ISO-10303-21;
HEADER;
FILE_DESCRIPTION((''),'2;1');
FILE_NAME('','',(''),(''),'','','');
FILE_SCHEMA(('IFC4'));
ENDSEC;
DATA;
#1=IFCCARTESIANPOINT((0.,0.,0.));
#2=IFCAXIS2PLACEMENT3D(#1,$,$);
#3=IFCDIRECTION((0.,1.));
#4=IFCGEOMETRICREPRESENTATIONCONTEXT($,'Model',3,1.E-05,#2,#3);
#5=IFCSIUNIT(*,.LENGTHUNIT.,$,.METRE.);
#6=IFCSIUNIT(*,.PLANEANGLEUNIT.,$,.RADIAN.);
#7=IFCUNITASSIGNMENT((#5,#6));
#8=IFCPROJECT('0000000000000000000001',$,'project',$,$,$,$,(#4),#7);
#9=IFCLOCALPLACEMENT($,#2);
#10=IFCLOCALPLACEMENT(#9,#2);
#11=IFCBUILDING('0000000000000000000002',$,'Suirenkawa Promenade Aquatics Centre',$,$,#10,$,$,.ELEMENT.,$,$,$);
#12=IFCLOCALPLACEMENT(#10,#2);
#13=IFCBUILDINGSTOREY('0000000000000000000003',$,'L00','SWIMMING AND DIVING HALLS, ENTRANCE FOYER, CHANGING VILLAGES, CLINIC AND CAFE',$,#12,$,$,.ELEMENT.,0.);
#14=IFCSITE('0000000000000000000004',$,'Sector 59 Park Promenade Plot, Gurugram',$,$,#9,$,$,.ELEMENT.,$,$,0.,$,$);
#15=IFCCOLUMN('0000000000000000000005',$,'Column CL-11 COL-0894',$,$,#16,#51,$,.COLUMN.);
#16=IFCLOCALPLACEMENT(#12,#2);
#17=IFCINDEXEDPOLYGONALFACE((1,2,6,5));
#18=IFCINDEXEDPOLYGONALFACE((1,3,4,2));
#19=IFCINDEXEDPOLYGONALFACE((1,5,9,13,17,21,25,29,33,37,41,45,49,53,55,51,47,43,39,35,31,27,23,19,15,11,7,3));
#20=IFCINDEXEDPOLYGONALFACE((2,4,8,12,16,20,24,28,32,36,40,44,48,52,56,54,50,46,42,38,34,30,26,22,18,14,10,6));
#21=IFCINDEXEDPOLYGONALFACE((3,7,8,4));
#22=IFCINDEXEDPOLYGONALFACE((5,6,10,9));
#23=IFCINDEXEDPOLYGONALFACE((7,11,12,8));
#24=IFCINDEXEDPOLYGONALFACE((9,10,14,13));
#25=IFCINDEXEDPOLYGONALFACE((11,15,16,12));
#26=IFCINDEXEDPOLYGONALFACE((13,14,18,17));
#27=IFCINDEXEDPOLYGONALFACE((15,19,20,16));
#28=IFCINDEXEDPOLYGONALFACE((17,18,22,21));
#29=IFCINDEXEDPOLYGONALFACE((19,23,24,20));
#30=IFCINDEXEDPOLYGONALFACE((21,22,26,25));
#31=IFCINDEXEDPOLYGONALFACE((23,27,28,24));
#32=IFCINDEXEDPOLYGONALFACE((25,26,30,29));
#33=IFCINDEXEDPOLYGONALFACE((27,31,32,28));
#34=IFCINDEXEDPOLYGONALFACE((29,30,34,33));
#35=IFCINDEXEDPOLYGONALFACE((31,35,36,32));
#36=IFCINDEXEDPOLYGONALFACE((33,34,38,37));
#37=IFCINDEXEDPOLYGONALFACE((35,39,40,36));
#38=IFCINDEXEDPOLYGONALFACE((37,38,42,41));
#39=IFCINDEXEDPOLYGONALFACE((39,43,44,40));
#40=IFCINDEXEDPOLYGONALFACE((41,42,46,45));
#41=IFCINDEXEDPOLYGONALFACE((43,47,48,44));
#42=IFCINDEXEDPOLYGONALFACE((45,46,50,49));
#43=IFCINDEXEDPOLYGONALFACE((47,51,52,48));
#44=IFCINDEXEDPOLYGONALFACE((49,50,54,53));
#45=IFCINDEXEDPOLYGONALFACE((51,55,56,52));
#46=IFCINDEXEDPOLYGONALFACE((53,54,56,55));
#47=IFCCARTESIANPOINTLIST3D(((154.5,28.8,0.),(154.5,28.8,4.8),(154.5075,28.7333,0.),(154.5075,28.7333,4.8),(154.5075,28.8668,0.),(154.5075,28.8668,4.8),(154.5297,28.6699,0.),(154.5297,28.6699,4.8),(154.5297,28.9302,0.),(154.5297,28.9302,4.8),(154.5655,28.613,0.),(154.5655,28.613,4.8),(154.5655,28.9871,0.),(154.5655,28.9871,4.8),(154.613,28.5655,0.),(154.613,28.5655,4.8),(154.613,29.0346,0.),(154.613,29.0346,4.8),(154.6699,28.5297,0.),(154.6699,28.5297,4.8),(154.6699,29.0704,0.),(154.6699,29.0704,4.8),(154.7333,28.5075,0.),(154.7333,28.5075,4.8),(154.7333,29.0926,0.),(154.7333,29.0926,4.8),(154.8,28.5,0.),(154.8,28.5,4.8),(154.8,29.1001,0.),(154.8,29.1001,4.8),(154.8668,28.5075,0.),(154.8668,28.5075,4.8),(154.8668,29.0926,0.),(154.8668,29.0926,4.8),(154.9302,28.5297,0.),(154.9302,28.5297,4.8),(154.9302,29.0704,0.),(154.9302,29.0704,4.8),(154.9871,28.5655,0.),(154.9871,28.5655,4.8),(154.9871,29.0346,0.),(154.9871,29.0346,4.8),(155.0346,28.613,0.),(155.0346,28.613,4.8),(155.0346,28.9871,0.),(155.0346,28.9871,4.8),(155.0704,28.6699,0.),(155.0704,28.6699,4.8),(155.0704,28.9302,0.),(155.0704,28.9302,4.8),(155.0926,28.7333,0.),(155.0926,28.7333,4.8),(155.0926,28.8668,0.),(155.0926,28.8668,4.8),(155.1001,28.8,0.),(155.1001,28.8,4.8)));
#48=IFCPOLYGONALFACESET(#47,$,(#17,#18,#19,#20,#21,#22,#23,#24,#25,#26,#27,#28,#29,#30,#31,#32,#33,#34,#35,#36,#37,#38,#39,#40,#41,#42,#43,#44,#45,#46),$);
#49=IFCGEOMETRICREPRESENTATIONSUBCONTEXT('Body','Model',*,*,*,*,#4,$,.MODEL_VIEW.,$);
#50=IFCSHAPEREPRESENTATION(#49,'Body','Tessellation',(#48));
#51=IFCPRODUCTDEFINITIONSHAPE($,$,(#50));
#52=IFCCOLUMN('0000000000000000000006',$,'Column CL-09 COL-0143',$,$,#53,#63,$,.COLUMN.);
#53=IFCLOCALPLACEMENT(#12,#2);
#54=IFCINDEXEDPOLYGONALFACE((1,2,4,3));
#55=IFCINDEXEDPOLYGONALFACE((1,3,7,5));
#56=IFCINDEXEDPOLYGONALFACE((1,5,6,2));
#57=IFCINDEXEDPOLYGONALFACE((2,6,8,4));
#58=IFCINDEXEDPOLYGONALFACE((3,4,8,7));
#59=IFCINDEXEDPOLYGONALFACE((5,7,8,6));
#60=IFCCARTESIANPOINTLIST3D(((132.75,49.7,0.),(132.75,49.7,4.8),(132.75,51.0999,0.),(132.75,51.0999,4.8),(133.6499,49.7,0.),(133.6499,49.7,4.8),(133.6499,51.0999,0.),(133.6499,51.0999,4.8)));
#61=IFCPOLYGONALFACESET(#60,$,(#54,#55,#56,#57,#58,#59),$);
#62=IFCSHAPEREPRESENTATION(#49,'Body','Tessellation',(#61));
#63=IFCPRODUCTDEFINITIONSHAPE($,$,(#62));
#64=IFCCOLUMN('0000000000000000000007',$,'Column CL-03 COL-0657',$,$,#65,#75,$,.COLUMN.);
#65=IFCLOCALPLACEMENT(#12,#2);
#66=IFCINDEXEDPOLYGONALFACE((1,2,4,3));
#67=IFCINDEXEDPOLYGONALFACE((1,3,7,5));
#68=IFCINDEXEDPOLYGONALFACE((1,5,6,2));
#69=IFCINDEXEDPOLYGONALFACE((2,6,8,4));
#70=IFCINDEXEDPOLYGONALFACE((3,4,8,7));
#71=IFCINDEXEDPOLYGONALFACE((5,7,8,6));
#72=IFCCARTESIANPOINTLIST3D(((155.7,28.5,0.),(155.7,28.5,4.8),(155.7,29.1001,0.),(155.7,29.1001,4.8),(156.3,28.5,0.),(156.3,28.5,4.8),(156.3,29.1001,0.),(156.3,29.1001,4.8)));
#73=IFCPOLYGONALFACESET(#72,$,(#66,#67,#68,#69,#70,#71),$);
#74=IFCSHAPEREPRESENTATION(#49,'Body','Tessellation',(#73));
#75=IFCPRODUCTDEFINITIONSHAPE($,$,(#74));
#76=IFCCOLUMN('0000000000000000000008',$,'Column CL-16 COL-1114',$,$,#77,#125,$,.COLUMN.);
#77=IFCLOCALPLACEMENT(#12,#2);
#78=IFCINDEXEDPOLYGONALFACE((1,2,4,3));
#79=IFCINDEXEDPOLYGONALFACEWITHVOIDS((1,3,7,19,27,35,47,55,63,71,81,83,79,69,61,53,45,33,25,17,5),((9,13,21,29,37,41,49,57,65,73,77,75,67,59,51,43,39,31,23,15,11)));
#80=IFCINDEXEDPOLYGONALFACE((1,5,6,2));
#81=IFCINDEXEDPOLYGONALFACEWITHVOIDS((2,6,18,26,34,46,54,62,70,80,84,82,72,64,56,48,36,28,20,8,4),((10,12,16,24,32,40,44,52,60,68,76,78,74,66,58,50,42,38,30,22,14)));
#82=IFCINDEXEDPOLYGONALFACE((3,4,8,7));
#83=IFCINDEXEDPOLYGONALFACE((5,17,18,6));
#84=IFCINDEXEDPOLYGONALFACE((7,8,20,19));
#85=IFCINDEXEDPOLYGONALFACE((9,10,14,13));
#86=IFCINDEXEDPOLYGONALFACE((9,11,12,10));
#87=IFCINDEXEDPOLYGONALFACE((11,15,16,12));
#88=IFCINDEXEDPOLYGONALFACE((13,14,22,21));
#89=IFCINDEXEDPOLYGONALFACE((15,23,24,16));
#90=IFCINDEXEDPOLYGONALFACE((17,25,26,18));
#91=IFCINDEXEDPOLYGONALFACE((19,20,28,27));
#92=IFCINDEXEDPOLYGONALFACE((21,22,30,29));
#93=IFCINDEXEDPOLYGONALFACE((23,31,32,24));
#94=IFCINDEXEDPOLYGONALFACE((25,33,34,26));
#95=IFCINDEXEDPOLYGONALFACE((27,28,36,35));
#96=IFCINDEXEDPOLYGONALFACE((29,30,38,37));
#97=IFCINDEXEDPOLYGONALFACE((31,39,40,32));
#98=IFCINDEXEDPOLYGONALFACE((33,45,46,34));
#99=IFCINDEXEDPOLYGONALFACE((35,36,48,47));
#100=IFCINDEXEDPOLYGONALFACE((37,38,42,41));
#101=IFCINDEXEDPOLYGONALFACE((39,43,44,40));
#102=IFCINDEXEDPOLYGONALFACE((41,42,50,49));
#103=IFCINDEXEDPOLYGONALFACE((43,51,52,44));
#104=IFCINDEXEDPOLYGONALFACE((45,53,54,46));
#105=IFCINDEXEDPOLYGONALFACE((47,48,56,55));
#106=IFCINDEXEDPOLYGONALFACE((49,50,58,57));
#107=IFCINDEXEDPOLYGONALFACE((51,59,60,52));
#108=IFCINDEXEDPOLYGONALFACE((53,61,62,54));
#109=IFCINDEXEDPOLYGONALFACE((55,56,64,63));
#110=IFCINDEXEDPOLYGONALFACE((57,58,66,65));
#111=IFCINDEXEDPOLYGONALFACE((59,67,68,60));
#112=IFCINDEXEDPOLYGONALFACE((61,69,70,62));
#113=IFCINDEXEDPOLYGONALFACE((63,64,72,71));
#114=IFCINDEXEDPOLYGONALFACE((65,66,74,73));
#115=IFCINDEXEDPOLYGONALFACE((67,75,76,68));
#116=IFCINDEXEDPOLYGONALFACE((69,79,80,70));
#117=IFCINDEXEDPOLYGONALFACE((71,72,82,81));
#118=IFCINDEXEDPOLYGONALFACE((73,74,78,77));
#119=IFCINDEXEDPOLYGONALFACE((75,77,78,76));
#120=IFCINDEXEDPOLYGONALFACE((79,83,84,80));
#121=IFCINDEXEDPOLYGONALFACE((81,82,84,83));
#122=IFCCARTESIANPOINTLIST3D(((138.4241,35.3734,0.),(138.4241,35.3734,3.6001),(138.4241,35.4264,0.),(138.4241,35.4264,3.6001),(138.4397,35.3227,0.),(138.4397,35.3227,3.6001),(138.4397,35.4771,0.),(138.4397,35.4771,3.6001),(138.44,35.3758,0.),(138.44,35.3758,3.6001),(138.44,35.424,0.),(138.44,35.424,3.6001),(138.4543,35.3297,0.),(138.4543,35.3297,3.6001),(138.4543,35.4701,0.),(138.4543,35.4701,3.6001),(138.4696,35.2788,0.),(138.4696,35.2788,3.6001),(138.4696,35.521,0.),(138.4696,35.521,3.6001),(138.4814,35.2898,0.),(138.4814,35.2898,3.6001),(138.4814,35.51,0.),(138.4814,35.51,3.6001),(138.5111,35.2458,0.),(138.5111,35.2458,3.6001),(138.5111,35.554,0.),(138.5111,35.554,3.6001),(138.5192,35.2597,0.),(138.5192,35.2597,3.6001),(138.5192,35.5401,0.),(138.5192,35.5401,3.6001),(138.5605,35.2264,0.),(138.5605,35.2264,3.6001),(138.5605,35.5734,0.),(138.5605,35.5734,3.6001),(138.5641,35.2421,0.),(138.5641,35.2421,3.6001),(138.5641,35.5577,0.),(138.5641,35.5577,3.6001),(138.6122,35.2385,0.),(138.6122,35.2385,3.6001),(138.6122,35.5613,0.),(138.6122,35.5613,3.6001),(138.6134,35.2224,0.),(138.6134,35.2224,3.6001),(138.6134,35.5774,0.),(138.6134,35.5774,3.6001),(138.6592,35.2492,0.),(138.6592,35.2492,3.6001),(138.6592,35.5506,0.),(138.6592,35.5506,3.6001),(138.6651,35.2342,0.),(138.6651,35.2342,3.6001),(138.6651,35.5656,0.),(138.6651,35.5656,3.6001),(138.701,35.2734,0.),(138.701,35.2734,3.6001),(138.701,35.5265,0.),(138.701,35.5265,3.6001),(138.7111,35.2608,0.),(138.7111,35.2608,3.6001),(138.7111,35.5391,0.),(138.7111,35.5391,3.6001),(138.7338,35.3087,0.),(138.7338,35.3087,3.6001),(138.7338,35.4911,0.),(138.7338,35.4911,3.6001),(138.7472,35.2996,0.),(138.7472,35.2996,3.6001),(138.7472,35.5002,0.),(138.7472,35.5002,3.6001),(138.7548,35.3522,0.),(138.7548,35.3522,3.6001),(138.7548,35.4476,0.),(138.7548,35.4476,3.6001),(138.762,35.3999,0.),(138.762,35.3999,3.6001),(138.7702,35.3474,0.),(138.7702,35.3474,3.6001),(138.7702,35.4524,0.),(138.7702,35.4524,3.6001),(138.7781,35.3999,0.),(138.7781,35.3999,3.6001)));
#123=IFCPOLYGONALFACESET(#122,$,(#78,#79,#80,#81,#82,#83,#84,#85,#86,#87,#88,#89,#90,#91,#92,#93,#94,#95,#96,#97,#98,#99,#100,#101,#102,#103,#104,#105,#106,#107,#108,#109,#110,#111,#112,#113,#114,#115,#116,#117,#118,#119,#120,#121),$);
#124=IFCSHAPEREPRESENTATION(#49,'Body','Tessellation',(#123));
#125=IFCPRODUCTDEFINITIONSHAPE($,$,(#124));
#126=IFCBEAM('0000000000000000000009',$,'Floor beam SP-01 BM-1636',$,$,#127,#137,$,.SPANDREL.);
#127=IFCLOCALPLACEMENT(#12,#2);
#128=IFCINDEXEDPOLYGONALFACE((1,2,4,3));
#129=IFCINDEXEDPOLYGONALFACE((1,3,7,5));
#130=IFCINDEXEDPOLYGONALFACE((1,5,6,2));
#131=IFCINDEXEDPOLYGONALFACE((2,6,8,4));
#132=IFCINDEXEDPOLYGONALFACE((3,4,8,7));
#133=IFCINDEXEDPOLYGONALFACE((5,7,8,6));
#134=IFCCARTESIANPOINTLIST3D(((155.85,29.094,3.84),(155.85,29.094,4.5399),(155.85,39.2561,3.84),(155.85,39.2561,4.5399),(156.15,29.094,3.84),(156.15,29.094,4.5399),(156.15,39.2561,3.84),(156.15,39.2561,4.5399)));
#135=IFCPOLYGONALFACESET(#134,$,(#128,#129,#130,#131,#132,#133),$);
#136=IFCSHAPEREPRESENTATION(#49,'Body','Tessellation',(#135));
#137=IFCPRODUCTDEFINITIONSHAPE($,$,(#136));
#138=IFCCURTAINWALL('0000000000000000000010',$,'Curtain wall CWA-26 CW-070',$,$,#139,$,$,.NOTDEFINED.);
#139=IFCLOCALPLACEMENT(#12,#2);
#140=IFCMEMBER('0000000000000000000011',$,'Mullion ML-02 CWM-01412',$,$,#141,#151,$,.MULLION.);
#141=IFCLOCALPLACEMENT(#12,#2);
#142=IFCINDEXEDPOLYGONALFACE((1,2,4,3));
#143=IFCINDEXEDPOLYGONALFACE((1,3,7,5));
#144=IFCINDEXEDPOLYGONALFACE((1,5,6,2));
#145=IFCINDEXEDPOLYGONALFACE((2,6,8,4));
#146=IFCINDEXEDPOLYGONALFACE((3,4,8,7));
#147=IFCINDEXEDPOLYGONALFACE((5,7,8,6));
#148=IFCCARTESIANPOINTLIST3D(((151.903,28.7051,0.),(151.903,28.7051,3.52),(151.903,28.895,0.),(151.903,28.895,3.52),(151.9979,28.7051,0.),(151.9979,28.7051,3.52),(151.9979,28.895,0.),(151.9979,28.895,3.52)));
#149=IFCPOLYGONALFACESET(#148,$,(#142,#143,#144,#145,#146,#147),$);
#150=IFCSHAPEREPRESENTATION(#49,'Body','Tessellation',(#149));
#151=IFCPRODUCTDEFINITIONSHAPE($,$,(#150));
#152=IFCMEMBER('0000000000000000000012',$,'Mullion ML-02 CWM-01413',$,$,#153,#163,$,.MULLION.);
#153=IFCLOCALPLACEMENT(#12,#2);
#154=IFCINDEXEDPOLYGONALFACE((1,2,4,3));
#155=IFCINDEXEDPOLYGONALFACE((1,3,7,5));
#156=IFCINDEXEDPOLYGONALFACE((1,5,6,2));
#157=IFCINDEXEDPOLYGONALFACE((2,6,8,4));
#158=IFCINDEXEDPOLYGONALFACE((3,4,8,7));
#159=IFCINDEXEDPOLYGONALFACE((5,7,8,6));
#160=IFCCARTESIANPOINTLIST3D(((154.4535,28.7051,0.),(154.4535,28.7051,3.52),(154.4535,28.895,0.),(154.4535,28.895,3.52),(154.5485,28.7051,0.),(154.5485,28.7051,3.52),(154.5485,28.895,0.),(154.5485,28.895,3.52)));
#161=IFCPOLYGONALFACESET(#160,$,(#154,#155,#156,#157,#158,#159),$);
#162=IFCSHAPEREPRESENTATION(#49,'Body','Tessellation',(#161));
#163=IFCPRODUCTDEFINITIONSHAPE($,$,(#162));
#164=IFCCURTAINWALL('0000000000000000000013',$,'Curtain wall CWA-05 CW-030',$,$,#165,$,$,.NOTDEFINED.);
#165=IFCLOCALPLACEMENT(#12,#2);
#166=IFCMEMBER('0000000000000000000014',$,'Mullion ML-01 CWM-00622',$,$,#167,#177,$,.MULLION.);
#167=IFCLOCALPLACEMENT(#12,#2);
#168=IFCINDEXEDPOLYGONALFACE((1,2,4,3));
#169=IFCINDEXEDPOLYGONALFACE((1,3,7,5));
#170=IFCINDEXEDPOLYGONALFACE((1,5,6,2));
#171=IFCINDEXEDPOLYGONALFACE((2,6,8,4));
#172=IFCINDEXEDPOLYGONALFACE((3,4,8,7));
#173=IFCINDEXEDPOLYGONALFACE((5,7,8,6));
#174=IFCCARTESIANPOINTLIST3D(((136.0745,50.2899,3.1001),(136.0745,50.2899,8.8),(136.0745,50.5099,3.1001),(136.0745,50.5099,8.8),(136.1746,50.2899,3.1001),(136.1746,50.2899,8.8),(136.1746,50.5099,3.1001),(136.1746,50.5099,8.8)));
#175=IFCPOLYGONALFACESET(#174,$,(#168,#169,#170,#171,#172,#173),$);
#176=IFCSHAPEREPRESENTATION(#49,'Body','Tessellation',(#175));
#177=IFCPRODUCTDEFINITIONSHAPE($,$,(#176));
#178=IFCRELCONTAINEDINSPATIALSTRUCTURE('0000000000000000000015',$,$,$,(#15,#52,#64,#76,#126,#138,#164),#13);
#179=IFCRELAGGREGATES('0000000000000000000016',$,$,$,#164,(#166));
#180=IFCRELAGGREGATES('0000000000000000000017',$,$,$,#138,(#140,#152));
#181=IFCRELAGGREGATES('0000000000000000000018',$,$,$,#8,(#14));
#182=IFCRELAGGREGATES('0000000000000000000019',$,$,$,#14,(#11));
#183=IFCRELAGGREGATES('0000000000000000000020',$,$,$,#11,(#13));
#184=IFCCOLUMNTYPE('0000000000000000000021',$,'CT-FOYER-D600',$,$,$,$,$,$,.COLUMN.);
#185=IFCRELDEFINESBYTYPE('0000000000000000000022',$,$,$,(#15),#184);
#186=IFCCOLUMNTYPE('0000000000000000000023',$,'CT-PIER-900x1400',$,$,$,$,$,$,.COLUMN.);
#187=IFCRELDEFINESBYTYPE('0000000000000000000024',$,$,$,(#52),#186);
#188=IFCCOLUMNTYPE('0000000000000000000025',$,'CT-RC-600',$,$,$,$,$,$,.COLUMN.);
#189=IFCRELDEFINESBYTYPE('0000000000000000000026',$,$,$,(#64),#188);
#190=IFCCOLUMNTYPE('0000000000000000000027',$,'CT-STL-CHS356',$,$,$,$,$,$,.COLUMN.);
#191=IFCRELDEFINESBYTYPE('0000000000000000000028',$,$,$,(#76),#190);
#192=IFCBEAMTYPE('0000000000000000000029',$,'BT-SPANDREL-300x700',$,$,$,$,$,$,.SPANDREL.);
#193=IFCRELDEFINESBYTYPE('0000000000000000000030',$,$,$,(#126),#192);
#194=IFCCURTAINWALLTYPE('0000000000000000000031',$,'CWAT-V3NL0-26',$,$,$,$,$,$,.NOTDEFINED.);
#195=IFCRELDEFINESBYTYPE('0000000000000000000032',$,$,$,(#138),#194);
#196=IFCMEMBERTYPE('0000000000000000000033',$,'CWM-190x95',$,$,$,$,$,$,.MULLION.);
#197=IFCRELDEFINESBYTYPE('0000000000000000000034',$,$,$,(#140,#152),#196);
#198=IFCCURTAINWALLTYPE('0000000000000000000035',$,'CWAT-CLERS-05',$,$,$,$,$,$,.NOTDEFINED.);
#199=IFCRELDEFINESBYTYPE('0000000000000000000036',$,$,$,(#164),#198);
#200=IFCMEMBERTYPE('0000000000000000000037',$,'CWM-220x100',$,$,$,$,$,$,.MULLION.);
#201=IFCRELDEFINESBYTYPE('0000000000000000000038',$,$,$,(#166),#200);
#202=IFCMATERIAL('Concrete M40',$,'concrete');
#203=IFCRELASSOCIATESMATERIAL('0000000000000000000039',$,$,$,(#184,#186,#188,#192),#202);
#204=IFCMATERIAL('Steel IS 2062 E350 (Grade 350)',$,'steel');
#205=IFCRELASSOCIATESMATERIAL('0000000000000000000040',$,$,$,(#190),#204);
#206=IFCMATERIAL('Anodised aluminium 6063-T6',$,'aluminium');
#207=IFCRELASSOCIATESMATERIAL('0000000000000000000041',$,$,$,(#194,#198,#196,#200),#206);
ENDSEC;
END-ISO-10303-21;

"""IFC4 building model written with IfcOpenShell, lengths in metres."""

from ifc_helpers import new_model, si_unit, direction, frame, origin, origin_2d, place, context, subcontext, project, spatial, rectangle, circle, hollow_circle, extrude, material, material_profile, profile_set, type_object, element, aggregate, save


model = new_model("IFC4")

# Units and contexts
model_context = context("Model", 3, precision=1e-05, world=origin(), true_north=direction((0.0, 1.0)))
body_context = subcontext(model_context, "Body", "Model", "MODEL_VIEW")
ifc_project = project(units=[si_unit("LENGTHUNIT", "METRE"), si_unit("PLANEANGLEUNIT", "RADIAN")], contexts=[model_context])

# Site, building, storey
site_placement = place(None, origin())
site = spatial("IfcSite", under=ifc_project, at=site_placement, Name="Sector 59 Park Promenade Plot, Gurugram", CompositionType="ELEMENT", RefElevation=0.0)
building_placement = place(site_placement, origin())
building = spatial("IfcBuilding", under=site, at=building_placement, Name="Suirenkawa Promenade Aquatics Centre", CompositionType="ELEMENT")
storey_placement = place(building_placement, origin())
storey = spatial("IfcBuildingStorey", under=building, at=storey_placement, Name="L00", Description="SWIMMING AND DIVING HALLS, ENTRANCE FOYER, CHANGING VILLAGES, CLINIC AND CAFE", CompositionType="ELEMENT", Elevation=0.0)

# Columns
ifc_material_1 = material(Name="Concrete M40", Category="concrete")
ifc_material_profile_1 = material_profile(ifc_material_1, circle(Radius=0.3, at=origin_2d()), Name="RC FOYER D600", Category="concrete")
ifc_profile_set_1 = profile_set([ifc_material_profile_1], Name="Concrete M40")
column_type_1 = type_object("IfcColumnType", Name="CT-FOYER-D600", PredefinedType="COLUMN", material=ifc_profile_set_1)
column_1_placement = place(storey_placement, frame((154.8, 28.8, 0.0), z_axis=(0.0, 0.0, 1.0), x_axis=(1.0, 0.0, 0.0)))
element("IfcColumn", 1, at=column_1_placement, inside=storey, type_object=column_type_1, Name="Column CL-11 COL-0894", PredefinedType="COLUMN", context=body_context, shape_type="SweptSolid", body=[
    extrude(circle(Radius=0.3, at=origin_2d()), origin(), (0.0, 0.0, 1.0), 4.8),
])
ifc_material_profile_2 = material_profile(ifc_material_1, rectangle(XDim=0.8999, YDim=1.3999, at=origin_2d()), Name="RC PIER 900x1400", Category="concrete")
ifc_profile_set_2 = profile_set([ifc_material_profile_2], Name="Concrete M40")
column_type_2 = type_object("IfcColumnType", Name="CT-PIER-900x1400", PredefinedType="COLUMN", material=ifc_profile_set_2)
column_2_placement = place(storey_placement, frame((133.2, 50.3999, 0.0), z_axis=(0.0, 0.0, 1.0), x_axis=(1.0, 0.0, 0.0)))
element("IfcColumn", 2, at=column_2_placement, inside=storey, type_object=column_type_2, Name="Column CL-09 COL-0143", PredefinedType="COLUMN", context=body_context, shape_type="SweptSolid", body=[
    extrude(rectangle(XDim=0.8999, YDim=1.3999, at=origin_2d()), origin(), (0.0, 0.0, 1.0), 4.8),
])
ifc_material_profile_3 = material_profile(ifc_material_1, rectangle(XDim=0.6001, YDim=0.6001, at=origin_2d()), Name="RC COL 600x600", Category="concrete")
ifc_profile_set_3 = profile_set([ifc_material_profile_3], Name="Concrete M40")
column_type_3 = type_object("IfcColumnType", Name="CT-RC-600", PredefinedType="COLUMN", material=ifc_profile_set_3)
column_3_placement = place(storey_placement, frame((156.0, 28.8, 0.0), z_axis=(0.0, 0.0, 1.0), x_axis=(1.0, 0.0, 0.0)))
element("IfcColumn", 3, at=column_3_placement, inside=storey, type_object=column_type_3, Name="Column CL-03 COL-0657", PredefinedType="COLUMN", context=body_context, shape_type="SweptSolid", body=[
    extrude(rectangle(XDim=0.6001, YDim=0.6001, at=origin_2d()), origin(), (0.0, 0.0, 1.0), 4.8),
])
ifc_material_2 = material(Name="Steel IS 2062 E350 (Grade 350)", Category="steel")
ifc_material_profile_4 = material_profile(ifc_material_2, hollow_circle(Radius=0.178, WallThickness=0.0161, at=origin_2d()), Name="CHS 356x16", Category="steel")
ifc_profile_set_4 = profile_set([ifc_material_profile_4], Name="Steel IS 2062 E350 (Grade 350)")
column_type_4 = type_object("IfcColumnType", Name="CT-STL-CHS356", PredefinedType="COLUMN", material=ifc_profile_set_4)
column_4_placement = place(storey_placement, frame((138.6001, 35.3999, 0.0), z_axis=(0.0, 0.0, 1.0), x_axis=(1.0, 0.0, 0.0)))
element("IfcColumn", 4, at=column_4_placement, inside=storey, type_object=column_type_4, Name="Column CL-16 COL-1114", PredefinedType="COLUMN", context=body_context, shape_type="SweptSolid", body=[
    extrude(hollow_circle(Radius=0.178, WallThickness=0.0161, at=origin_2d()), origin(), (0.0, 0.0, 1.0), 3.6001),
])

# Beam
ifc_material_profile_5 = material_profile(ifc_material_1, rectangle(XDim=0.3, YDim=0.7, at=origin_2d()), Name="RC SPANDREL 300x700", Category="concrete")
ifc_profile_set_5 = profile_set([ifc_material_profile_5], Name="Concrete M40")
beam_type = type_object("IfcBeamType", Name="BT-SPANDREL-300x700", PredefinedType="SPANDREL", material=ifc_profile_set_5)
beam_placement = place(storey_placement, frame((156.0, 29.094, 4.1899), z_axis=(0.0, 1.0, 0.0), x_axis=(-1.0, 0.0, 0.0)))
element("IfcBeam", 5, at=beam_placement, inside=storey, type_object=beam_type, Name="Floor beam SP-01 BM-1636", PredefinedType="SPANDREL", context=body_context, shape_type="SweptSolid", body=[
    extrude(rectangle(XDim=0.3, YDim=0.7, at=origin_2d()), origin(), (0.0, 0.0, 1.0), 10.1621),
])

# Curtain walls, members
ifc_material_3 = material(Name="Anodised aluminium 6063-T6", Category="aluminium")
curtain_wall_type_1 = type_object("IfcCurtainWallType", Name="CWAT-V3NL0-26", PredefinedType="NOTDEFINED", material=ifc_material_3)
curtain_wall_1_placement = place(storey_placement, origin())
curtain_wall_1 = element("IfcCurtainWall", 6, at=curtain_wall_1_placement, inside=storey, type_object=curtain_wall_type_1, Name="Curtain wall CWA-26 CW-070", PredefinedType="NOTDEFINED")
ifc_material_profile_6 = material_profile(ifc_material_3, rectangle(XDim=0.095, YDim=0.1899, at=origin_2d()), Name="ALU MULL 95x190", Category="aluminium")
ifc_profile_set_6 = profile_set([ifc_material_profile_6], Name="Anodised aluminium 6063-T6")
member_type_1 = type_object("IfcMemberType", Name="CWM-190x95", PredefinedType="MULLION", material=ifc_profile_set_6)
member_1_placement = place(storey_placement, frame((151.9504, 28.8, 0.0), z_axis=(0.0, 0.0, 1.0), x_axis=(1.0, 0.0, 0.0)))
member_1 = element("IfcMember", 7, at=member_1_placement, type_object=member_type_1, Name="Mullion ML-02 CWM-01412", PredefinedType="MULLION", context=body_context, shape_type="SweptSolid", body=[
    extrude(rectangle(XDim=0.095, YDim=0.1899, at=origin_2d()), origin(), (0.0, 0.0, 1.0), 3.52),
])
member_2_placement = place(storey_placement, frame((154.501, 28.8, 0.0), z_axis=(0.0, 0.0, 1.0), x_axis=(1.0, 0.0, 0.0)))
member_2 = element("IfcMember", 8, at=member_2_placement, type_object=member_type_1, Name="Mullion ML-02 CWM-01413", PredefinedType="MULLION", context=body_context, shape_type="SweptSolid", body=[
    extrude(rectangle(XDim=0.095, YDim=0.1899, at=origin_2d()), origin(), (0.0, 0.0, 1.0), 3.52),
])
curtain_wall_type_2 = type_object("IfcCurtainWallType", Name="CWAT-CLERS-05", PredefinedType="NOTDEFINED", material=ifc_material_3)
curtain_wall_2_placement = place(storey_placement, origin())
curtain_wall_2 = element("IfcCurtainWall", 9, at=curtain_wall_2_placement, inside=storey, type_object=curtain_wall_type_2, Name="Curtain wall CWA-05 CW-030", PredefinedType="NOTDEFINED")
ifc_material_profile_7 = material_profile(ifc_material_3, rectangle(XDim=0.1001, YDim=0.22, at=origin_2d()), Name="ALU MULL 100x220", Category="aluminium")
ifc_profile_set_7 = profile_set([ifc_material_profile_7], Name="Anodised aluminium 6063-T6")
member_type_2 = type_object("IfcMemberType", Name="CWM-220x100", PredefinedType="MULLION", material=ifc_profile_set_7)
member_3_placement = place(storey_placement, frame((136.1245, 50.3999, 3.1001), z_axis=(0.0, 0.0, 1.0), x_axis=(-1.0, 0.0, 0.0)))
member_3 = element("IfcMember", 10, at=member_3_placement, type_object=member_type_2, Name="Mullion ML-01 CWM-00622", PredefinedType="MULLION", context=body_context, shape_type="SweptSolid", body=[
    extrude(rectangle(XDim=0.1001, YDim=0.22, at=origin_2d()), origin(), (0.0, 0.0, 1.0), 5.7),
])

aggregate(curtain_wall_2, [member_3])

aggregate(curtain_wall_1, [member_1, member_2])

save(model, "model.ifc")
